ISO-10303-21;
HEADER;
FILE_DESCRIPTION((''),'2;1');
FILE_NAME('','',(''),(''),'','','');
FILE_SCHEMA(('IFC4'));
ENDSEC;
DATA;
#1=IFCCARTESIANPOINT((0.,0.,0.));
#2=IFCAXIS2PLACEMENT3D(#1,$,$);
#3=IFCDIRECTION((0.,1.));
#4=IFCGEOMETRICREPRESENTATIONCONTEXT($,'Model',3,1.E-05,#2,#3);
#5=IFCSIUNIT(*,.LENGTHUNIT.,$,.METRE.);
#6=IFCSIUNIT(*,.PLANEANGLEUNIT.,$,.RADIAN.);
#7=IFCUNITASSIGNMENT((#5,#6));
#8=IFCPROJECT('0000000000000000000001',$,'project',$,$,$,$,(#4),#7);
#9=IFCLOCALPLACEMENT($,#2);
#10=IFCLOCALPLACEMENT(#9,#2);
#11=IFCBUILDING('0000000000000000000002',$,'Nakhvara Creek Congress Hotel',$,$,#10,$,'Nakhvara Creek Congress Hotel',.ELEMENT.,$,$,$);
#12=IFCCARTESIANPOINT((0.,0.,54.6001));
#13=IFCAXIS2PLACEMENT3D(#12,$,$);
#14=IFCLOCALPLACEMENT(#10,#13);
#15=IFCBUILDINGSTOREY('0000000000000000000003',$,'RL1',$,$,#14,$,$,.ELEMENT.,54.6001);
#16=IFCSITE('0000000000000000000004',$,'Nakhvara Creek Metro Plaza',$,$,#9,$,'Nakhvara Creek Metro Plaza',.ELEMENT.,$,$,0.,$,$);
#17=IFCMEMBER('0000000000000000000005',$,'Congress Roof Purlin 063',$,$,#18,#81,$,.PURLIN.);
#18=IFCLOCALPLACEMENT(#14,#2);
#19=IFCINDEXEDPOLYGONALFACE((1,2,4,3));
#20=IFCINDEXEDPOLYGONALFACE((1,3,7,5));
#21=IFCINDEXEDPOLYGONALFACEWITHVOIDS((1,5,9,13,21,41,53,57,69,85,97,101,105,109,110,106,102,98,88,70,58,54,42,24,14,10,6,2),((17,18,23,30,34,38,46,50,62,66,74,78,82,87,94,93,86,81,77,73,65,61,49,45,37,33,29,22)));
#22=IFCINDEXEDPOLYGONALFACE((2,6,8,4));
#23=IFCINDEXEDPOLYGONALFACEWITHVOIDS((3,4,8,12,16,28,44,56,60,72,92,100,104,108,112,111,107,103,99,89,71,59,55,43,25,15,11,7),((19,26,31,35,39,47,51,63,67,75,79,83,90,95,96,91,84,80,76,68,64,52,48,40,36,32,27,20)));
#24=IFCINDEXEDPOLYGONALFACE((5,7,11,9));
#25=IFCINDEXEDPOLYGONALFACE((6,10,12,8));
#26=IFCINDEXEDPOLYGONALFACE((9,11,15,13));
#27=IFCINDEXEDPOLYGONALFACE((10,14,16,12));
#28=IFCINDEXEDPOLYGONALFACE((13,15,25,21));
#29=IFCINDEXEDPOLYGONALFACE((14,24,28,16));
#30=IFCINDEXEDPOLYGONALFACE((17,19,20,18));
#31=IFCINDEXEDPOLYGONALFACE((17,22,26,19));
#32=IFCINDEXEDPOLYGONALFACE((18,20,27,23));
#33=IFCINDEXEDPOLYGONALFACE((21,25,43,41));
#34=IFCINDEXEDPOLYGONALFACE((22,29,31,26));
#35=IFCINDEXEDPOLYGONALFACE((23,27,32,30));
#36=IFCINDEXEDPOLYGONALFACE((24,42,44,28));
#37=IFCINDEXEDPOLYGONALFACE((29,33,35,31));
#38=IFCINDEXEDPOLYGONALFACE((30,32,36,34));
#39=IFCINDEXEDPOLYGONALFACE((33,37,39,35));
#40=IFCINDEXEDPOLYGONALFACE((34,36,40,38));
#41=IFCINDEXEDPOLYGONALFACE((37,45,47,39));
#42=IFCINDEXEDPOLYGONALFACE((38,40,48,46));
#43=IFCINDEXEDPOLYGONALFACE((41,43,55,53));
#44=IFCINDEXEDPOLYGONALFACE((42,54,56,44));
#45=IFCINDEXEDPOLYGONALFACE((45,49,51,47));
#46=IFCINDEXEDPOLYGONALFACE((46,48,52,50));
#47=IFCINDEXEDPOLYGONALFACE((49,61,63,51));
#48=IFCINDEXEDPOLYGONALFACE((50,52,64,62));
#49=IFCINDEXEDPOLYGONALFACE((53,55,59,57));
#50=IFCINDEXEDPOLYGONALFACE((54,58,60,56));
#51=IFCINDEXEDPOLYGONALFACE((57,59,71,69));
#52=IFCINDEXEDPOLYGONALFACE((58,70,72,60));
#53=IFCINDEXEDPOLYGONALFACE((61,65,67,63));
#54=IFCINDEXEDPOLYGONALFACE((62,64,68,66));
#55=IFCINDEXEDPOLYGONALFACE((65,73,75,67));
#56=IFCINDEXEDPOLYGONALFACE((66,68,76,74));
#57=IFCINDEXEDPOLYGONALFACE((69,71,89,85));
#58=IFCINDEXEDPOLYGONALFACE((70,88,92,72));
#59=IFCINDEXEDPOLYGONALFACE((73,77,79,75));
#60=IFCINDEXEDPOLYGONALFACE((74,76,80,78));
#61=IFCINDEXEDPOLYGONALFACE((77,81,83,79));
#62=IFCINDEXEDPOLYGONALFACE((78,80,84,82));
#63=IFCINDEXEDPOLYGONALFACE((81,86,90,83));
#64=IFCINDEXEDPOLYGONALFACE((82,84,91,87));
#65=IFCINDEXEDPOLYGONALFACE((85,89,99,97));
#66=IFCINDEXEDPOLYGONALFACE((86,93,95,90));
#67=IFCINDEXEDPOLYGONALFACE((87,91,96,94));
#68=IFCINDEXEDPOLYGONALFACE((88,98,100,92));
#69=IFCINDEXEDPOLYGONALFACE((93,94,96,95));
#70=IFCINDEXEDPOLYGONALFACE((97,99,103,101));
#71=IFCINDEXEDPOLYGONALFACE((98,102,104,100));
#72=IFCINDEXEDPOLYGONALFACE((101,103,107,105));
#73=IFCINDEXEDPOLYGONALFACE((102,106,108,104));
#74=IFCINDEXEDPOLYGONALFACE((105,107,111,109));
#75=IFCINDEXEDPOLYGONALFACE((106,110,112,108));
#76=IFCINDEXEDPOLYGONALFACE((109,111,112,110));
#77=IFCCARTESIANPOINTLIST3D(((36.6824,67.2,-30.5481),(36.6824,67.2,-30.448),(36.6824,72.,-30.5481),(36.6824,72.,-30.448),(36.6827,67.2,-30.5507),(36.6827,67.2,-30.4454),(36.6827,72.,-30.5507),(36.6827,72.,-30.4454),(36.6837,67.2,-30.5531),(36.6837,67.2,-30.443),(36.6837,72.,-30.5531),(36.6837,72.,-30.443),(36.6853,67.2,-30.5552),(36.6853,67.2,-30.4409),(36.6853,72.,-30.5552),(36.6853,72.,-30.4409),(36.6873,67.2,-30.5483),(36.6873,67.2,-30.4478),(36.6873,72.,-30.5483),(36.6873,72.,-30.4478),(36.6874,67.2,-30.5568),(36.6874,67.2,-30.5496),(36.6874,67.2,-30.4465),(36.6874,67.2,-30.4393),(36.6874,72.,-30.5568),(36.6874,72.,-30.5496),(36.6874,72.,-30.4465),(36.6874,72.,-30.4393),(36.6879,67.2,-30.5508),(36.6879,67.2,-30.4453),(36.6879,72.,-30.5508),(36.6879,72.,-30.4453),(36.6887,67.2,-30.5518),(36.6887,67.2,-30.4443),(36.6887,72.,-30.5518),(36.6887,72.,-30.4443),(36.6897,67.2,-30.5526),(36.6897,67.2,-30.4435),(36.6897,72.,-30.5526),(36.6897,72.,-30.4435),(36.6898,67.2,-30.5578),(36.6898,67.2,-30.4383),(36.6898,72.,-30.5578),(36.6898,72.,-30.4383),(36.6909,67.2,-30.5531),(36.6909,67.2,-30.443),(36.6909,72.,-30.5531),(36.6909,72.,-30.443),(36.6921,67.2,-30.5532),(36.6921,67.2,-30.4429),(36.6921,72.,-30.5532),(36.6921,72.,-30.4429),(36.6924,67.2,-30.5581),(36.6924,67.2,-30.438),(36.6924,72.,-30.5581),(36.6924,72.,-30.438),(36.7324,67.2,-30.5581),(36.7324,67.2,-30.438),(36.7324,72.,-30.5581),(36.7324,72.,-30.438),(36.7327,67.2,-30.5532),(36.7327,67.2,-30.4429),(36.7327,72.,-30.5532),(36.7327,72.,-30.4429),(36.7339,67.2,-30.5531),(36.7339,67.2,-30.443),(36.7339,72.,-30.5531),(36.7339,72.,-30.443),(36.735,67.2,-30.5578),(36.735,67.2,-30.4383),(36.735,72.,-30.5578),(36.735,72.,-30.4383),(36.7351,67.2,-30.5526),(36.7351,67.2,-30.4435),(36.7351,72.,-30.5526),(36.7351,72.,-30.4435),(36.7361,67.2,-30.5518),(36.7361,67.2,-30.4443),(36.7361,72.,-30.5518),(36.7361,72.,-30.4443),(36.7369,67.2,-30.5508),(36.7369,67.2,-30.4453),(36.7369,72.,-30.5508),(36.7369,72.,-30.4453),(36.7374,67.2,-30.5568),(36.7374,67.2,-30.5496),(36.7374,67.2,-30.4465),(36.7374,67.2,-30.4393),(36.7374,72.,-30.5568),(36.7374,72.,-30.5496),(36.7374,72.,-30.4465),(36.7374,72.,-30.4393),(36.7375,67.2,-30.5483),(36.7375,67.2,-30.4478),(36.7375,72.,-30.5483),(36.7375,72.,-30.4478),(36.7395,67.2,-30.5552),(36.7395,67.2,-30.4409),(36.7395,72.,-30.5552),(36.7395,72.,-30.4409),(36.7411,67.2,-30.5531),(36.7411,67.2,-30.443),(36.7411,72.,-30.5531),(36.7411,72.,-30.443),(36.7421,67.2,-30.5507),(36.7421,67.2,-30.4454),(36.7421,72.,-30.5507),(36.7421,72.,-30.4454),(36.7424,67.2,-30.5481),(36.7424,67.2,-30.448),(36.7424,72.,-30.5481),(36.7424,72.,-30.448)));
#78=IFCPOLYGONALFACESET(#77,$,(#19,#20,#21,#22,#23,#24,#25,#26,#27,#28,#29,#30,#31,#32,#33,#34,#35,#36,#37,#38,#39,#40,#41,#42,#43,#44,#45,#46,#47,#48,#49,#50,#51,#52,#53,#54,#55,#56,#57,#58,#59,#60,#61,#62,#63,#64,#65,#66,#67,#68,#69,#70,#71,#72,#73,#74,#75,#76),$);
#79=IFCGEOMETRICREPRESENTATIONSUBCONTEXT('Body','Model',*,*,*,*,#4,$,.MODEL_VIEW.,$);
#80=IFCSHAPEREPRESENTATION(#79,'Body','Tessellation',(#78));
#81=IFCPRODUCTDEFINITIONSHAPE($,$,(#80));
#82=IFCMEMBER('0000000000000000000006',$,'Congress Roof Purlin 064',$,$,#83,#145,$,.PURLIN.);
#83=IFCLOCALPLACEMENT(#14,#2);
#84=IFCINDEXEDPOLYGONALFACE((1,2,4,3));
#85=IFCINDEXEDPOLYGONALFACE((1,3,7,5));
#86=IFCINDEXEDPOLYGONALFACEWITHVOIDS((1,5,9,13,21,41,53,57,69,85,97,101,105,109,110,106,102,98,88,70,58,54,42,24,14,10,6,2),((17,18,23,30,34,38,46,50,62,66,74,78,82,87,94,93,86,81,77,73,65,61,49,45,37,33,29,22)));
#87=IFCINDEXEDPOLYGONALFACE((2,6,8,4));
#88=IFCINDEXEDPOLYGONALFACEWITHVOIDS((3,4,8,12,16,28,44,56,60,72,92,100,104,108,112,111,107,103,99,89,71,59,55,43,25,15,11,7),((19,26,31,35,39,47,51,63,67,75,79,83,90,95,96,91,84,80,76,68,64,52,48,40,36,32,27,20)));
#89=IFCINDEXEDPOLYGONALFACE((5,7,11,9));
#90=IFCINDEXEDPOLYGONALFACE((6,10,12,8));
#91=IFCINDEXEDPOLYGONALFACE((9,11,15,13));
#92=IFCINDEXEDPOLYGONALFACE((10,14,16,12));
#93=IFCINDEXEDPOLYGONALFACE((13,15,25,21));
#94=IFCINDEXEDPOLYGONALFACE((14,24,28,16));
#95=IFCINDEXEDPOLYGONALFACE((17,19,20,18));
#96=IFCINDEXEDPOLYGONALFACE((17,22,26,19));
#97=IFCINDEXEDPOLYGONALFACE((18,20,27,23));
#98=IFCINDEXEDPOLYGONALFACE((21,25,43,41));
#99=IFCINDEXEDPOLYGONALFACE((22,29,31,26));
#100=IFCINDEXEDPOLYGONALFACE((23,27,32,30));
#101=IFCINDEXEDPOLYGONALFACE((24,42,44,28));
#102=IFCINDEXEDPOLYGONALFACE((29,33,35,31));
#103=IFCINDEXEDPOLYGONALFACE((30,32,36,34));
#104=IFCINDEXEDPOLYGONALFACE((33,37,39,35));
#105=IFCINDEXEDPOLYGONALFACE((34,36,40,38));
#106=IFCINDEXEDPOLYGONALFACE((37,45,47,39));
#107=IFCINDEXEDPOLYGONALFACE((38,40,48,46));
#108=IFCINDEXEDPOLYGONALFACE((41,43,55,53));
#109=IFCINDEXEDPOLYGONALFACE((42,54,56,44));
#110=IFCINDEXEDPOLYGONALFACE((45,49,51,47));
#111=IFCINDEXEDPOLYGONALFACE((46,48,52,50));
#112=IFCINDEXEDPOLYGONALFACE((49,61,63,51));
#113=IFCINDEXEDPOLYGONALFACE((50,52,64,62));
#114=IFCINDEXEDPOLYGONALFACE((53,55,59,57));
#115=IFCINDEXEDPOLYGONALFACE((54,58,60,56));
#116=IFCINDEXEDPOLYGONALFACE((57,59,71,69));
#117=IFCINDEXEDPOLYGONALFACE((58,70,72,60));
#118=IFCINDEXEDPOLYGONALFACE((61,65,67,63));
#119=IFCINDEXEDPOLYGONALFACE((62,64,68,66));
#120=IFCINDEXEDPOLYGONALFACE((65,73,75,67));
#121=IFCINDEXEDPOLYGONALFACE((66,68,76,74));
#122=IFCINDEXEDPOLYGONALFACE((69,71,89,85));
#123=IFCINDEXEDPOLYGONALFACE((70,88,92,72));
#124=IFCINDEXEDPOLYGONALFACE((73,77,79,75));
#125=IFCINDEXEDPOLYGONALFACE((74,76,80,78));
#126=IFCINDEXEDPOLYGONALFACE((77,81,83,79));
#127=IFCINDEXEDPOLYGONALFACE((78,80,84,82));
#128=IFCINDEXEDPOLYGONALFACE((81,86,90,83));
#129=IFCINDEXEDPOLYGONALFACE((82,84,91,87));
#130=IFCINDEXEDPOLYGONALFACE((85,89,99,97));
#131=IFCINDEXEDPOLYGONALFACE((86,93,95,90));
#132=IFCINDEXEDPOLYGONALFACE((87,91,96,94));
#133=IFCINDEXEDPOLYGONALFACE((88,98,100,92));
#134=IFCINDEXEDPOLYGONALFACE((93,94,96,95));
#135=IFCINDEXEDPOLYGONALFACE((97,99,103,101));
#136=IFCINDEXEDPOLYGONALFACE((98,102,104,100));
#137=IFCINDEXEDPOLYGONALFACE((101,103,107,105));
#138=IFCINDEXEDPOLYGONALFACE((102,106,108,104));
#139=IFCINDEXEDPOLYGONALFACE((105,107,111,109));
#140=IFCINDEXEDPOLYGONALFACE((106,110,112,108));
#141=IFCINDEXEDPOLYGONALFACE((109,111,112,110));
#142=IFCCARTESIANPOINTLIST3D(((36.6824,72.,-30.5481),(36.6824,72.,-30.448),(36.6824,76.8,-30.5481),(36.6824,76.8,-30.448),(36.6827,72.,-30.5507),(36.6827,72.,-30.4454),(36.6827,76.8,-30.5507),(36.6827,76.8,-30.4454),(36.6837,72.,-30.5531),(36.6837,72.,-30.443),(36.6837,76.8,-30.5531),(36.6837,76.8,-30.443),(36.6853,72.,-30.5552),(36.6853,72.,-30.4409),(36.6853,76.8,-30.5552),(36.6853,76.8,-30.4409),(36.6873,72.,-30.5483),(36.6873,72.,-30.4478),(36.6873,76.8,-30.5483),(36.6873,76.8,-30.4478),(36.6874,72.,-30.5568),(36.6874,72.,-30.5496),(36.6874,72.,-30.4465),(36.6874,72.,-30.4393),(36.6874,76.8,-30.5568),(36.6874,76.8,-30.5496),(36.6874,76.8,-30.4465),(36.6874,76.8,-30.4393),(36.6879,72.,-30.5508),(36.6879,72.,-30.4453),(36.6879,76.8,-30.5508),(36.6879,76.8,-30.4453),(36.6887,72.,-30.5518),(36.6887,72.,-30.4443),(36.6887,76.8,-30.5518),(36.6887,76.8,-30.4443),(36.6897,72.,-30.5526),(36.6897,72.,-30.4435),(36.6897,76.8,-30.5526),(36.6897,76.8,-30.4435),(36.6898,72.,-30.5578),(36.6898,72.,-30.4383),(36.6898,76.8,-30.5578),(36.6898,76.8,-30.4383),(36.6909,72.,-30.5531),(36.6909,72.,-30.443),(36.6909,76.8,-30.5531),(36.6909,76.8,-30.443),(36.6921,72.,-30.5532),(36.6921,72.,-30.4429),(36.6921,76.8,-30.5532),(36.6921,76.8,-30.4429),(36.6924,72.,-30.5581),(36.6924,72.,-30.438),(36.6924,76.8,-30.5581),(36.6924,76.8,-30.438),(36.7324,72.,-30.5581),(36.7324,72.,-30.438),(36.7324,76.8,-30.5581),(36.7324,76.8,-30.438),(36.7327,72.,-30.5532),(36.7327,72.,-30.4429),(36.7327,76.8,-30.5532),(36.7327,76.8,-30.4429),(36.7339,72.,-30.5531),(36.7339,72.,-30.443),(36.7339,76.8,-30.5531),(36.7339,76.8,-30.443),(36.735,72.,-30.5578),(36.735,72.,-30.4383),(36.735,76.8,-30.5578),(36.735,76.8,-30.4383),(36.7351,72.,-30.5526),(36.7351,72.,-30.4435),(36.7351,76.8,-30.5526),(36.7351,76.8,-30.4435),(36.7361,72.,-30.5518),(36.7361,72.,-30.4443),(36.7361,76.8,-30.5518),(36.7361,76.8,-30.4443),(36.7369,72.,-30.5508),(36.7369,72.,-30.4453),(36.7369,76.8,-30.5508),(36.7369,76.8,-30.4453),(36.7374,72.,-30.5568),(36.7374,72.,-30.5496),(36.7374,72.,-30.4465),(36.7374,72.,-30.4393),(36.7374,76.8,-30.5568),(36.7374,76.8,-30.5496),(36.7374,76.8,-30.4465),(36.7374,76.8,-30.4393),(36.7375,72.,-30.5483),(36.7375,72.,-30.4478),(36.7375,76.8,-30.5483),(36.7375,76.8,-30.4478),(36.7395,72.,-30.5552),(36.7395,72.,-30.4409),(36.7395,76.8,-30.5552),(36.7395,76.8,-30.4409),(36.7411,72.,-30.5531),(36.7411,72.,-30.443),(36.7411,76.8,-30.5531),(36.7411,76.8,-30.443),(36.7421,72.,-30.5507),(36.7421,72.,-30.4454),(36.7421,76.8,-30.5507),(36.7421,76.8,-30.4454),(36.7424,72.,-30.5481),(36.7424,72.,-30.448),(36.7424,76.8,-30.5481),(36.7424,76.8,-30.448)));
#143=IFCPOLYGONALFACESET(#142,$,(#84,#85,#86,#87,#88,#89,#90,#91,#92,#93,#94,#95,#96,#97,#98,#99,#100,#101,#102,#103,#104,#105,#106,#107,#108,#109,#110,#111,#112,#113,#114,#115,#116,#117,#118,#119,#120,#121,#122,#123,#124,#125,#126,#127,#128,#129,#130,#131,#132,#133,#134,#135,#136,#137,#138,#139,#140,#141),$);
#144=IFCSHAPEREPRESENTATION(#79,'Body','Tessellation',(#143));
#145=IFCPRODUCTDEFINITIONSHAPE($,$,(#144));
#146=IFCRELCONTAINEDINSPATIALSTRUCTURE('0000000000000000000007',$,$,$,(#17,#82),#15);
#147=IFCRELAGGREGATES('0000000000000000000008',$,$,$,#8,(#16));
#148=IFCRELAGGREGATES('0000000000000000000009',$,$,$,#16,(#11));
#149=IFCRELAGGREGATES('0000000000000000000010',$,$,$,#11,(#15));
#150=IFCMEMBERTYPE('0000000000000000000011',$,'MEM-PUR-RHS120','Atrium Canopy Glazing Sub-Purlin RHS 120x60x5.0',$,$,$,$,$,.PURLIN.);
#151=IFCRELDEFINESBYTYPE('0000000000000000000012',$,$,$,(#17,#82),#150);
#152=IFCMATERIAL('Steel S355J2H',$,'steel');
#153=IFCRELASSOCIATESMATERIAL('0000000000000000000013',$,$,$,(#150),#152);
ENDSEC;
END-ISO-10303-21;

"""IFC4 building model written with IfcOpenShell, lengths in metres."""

from ifc_helpers import new_model, si_unit, direction, frame, origin, origin_2d, place, context, subcontext, project, spatial, hollow_rectangle, extrude, material, material_profile, profile_set, type_object, element, save


model = new_model("IFC4")

# Units and contexts
model_context = context("Model", 3, precision=1e-05, world=origin(), true_north=direction((0.0, 1.0)))
body_context = subcontext(model_context, "Body", "Model", "MODEL_VIEW")
ifc_project = project(units=[si_unit("LENGTHUNIT", "METRE"), si_unit("PLANEANGLEUNIT", "RADIAN")], contexts=[model_context])

# Site, building, storey
site_placement = place(None, origin())
site = spatial("IfcSite", under=ifc_project, at=site_placement, Name="Nakhvara Creek Metro Plaza", LongName="Nakhvara Creek Metro Plaza", CompositionType="ELEMENT", RefElevation=0.0)
building_placement = place(site_placement, origin())
building = spatial("IfcBuilding", under=site, at=building_placement, Name="Nakhvara Creek Congress Hotel", LongName="Nakhvara Creek Congress Hotel", CompositionType="ELEMENT")
storey_placement = place(building_placement, frame((0.0, 0.0, 54.6001)))
storey = spatial("IfcBuildingStorey", under=building, at=storey_placement, Name="RL1", CompositionType="ELEMENT", Elevation=54.6001)

# Members
ifc_material_1 = material(Name="Steel S355J2H", Category="steel")
ifc_material_profile_1 = material_profile(ifc_material_1, hollow_rectangle(XDim=0.0601, YDim=0.1201, WallThickness=0.0049, InnerFilletRadius=0.0049, OuterFilletRadius=0.01, at=origin_2d()), Name="RHS 120x60x5.0", Category="LoadBearing")
ifc_profile_set_1 = profile_set([ifc_material_profile_1], Name="Steel S355J2H")
member_type_1 = type_object("IfcMemberType", Name="MEM-PUR-RHS120", Description="Atrium Canopy Glazing Sub-Purlin RHS 120x60x5.0", PredefinedType="PURLIN", material=ifc_profile_set_1)
for number, where, z_axis, x_axis, name in (
    (1, (36.7124, 67.2, -30.498), (0.0, 1.0, 0.0), (-1.0, 0.0, 0.0), "Congress Roof Purlin 063"),
    (2, (36.7124, 72.0, -30.498), (0.0, 1.0, 0.0), (-1.0, 0.0, 0.0), "Congress Roof Purlin 064"),
):
    element("IfcMember", number, at=place(storey_placement, frame(where, z_axis=z_axis, x_axis=x_axis)), inside=storey, type_object=member_type_1, Name=name, PredefinedType="PURLIN", context=body_context, shape_type="SweptSolid", body=[
        extrude(hollow_rectangle(XDim=0.0601, YDim=0.1201, WallThickness=0.0049, InnerFilletRadius=0.0049, OuterFilletRadius=0.01, at=origin_2d()), origin(), (0.0, 0.0, 1.0), 4.8),
    ])

save(model, "model.ifc")
